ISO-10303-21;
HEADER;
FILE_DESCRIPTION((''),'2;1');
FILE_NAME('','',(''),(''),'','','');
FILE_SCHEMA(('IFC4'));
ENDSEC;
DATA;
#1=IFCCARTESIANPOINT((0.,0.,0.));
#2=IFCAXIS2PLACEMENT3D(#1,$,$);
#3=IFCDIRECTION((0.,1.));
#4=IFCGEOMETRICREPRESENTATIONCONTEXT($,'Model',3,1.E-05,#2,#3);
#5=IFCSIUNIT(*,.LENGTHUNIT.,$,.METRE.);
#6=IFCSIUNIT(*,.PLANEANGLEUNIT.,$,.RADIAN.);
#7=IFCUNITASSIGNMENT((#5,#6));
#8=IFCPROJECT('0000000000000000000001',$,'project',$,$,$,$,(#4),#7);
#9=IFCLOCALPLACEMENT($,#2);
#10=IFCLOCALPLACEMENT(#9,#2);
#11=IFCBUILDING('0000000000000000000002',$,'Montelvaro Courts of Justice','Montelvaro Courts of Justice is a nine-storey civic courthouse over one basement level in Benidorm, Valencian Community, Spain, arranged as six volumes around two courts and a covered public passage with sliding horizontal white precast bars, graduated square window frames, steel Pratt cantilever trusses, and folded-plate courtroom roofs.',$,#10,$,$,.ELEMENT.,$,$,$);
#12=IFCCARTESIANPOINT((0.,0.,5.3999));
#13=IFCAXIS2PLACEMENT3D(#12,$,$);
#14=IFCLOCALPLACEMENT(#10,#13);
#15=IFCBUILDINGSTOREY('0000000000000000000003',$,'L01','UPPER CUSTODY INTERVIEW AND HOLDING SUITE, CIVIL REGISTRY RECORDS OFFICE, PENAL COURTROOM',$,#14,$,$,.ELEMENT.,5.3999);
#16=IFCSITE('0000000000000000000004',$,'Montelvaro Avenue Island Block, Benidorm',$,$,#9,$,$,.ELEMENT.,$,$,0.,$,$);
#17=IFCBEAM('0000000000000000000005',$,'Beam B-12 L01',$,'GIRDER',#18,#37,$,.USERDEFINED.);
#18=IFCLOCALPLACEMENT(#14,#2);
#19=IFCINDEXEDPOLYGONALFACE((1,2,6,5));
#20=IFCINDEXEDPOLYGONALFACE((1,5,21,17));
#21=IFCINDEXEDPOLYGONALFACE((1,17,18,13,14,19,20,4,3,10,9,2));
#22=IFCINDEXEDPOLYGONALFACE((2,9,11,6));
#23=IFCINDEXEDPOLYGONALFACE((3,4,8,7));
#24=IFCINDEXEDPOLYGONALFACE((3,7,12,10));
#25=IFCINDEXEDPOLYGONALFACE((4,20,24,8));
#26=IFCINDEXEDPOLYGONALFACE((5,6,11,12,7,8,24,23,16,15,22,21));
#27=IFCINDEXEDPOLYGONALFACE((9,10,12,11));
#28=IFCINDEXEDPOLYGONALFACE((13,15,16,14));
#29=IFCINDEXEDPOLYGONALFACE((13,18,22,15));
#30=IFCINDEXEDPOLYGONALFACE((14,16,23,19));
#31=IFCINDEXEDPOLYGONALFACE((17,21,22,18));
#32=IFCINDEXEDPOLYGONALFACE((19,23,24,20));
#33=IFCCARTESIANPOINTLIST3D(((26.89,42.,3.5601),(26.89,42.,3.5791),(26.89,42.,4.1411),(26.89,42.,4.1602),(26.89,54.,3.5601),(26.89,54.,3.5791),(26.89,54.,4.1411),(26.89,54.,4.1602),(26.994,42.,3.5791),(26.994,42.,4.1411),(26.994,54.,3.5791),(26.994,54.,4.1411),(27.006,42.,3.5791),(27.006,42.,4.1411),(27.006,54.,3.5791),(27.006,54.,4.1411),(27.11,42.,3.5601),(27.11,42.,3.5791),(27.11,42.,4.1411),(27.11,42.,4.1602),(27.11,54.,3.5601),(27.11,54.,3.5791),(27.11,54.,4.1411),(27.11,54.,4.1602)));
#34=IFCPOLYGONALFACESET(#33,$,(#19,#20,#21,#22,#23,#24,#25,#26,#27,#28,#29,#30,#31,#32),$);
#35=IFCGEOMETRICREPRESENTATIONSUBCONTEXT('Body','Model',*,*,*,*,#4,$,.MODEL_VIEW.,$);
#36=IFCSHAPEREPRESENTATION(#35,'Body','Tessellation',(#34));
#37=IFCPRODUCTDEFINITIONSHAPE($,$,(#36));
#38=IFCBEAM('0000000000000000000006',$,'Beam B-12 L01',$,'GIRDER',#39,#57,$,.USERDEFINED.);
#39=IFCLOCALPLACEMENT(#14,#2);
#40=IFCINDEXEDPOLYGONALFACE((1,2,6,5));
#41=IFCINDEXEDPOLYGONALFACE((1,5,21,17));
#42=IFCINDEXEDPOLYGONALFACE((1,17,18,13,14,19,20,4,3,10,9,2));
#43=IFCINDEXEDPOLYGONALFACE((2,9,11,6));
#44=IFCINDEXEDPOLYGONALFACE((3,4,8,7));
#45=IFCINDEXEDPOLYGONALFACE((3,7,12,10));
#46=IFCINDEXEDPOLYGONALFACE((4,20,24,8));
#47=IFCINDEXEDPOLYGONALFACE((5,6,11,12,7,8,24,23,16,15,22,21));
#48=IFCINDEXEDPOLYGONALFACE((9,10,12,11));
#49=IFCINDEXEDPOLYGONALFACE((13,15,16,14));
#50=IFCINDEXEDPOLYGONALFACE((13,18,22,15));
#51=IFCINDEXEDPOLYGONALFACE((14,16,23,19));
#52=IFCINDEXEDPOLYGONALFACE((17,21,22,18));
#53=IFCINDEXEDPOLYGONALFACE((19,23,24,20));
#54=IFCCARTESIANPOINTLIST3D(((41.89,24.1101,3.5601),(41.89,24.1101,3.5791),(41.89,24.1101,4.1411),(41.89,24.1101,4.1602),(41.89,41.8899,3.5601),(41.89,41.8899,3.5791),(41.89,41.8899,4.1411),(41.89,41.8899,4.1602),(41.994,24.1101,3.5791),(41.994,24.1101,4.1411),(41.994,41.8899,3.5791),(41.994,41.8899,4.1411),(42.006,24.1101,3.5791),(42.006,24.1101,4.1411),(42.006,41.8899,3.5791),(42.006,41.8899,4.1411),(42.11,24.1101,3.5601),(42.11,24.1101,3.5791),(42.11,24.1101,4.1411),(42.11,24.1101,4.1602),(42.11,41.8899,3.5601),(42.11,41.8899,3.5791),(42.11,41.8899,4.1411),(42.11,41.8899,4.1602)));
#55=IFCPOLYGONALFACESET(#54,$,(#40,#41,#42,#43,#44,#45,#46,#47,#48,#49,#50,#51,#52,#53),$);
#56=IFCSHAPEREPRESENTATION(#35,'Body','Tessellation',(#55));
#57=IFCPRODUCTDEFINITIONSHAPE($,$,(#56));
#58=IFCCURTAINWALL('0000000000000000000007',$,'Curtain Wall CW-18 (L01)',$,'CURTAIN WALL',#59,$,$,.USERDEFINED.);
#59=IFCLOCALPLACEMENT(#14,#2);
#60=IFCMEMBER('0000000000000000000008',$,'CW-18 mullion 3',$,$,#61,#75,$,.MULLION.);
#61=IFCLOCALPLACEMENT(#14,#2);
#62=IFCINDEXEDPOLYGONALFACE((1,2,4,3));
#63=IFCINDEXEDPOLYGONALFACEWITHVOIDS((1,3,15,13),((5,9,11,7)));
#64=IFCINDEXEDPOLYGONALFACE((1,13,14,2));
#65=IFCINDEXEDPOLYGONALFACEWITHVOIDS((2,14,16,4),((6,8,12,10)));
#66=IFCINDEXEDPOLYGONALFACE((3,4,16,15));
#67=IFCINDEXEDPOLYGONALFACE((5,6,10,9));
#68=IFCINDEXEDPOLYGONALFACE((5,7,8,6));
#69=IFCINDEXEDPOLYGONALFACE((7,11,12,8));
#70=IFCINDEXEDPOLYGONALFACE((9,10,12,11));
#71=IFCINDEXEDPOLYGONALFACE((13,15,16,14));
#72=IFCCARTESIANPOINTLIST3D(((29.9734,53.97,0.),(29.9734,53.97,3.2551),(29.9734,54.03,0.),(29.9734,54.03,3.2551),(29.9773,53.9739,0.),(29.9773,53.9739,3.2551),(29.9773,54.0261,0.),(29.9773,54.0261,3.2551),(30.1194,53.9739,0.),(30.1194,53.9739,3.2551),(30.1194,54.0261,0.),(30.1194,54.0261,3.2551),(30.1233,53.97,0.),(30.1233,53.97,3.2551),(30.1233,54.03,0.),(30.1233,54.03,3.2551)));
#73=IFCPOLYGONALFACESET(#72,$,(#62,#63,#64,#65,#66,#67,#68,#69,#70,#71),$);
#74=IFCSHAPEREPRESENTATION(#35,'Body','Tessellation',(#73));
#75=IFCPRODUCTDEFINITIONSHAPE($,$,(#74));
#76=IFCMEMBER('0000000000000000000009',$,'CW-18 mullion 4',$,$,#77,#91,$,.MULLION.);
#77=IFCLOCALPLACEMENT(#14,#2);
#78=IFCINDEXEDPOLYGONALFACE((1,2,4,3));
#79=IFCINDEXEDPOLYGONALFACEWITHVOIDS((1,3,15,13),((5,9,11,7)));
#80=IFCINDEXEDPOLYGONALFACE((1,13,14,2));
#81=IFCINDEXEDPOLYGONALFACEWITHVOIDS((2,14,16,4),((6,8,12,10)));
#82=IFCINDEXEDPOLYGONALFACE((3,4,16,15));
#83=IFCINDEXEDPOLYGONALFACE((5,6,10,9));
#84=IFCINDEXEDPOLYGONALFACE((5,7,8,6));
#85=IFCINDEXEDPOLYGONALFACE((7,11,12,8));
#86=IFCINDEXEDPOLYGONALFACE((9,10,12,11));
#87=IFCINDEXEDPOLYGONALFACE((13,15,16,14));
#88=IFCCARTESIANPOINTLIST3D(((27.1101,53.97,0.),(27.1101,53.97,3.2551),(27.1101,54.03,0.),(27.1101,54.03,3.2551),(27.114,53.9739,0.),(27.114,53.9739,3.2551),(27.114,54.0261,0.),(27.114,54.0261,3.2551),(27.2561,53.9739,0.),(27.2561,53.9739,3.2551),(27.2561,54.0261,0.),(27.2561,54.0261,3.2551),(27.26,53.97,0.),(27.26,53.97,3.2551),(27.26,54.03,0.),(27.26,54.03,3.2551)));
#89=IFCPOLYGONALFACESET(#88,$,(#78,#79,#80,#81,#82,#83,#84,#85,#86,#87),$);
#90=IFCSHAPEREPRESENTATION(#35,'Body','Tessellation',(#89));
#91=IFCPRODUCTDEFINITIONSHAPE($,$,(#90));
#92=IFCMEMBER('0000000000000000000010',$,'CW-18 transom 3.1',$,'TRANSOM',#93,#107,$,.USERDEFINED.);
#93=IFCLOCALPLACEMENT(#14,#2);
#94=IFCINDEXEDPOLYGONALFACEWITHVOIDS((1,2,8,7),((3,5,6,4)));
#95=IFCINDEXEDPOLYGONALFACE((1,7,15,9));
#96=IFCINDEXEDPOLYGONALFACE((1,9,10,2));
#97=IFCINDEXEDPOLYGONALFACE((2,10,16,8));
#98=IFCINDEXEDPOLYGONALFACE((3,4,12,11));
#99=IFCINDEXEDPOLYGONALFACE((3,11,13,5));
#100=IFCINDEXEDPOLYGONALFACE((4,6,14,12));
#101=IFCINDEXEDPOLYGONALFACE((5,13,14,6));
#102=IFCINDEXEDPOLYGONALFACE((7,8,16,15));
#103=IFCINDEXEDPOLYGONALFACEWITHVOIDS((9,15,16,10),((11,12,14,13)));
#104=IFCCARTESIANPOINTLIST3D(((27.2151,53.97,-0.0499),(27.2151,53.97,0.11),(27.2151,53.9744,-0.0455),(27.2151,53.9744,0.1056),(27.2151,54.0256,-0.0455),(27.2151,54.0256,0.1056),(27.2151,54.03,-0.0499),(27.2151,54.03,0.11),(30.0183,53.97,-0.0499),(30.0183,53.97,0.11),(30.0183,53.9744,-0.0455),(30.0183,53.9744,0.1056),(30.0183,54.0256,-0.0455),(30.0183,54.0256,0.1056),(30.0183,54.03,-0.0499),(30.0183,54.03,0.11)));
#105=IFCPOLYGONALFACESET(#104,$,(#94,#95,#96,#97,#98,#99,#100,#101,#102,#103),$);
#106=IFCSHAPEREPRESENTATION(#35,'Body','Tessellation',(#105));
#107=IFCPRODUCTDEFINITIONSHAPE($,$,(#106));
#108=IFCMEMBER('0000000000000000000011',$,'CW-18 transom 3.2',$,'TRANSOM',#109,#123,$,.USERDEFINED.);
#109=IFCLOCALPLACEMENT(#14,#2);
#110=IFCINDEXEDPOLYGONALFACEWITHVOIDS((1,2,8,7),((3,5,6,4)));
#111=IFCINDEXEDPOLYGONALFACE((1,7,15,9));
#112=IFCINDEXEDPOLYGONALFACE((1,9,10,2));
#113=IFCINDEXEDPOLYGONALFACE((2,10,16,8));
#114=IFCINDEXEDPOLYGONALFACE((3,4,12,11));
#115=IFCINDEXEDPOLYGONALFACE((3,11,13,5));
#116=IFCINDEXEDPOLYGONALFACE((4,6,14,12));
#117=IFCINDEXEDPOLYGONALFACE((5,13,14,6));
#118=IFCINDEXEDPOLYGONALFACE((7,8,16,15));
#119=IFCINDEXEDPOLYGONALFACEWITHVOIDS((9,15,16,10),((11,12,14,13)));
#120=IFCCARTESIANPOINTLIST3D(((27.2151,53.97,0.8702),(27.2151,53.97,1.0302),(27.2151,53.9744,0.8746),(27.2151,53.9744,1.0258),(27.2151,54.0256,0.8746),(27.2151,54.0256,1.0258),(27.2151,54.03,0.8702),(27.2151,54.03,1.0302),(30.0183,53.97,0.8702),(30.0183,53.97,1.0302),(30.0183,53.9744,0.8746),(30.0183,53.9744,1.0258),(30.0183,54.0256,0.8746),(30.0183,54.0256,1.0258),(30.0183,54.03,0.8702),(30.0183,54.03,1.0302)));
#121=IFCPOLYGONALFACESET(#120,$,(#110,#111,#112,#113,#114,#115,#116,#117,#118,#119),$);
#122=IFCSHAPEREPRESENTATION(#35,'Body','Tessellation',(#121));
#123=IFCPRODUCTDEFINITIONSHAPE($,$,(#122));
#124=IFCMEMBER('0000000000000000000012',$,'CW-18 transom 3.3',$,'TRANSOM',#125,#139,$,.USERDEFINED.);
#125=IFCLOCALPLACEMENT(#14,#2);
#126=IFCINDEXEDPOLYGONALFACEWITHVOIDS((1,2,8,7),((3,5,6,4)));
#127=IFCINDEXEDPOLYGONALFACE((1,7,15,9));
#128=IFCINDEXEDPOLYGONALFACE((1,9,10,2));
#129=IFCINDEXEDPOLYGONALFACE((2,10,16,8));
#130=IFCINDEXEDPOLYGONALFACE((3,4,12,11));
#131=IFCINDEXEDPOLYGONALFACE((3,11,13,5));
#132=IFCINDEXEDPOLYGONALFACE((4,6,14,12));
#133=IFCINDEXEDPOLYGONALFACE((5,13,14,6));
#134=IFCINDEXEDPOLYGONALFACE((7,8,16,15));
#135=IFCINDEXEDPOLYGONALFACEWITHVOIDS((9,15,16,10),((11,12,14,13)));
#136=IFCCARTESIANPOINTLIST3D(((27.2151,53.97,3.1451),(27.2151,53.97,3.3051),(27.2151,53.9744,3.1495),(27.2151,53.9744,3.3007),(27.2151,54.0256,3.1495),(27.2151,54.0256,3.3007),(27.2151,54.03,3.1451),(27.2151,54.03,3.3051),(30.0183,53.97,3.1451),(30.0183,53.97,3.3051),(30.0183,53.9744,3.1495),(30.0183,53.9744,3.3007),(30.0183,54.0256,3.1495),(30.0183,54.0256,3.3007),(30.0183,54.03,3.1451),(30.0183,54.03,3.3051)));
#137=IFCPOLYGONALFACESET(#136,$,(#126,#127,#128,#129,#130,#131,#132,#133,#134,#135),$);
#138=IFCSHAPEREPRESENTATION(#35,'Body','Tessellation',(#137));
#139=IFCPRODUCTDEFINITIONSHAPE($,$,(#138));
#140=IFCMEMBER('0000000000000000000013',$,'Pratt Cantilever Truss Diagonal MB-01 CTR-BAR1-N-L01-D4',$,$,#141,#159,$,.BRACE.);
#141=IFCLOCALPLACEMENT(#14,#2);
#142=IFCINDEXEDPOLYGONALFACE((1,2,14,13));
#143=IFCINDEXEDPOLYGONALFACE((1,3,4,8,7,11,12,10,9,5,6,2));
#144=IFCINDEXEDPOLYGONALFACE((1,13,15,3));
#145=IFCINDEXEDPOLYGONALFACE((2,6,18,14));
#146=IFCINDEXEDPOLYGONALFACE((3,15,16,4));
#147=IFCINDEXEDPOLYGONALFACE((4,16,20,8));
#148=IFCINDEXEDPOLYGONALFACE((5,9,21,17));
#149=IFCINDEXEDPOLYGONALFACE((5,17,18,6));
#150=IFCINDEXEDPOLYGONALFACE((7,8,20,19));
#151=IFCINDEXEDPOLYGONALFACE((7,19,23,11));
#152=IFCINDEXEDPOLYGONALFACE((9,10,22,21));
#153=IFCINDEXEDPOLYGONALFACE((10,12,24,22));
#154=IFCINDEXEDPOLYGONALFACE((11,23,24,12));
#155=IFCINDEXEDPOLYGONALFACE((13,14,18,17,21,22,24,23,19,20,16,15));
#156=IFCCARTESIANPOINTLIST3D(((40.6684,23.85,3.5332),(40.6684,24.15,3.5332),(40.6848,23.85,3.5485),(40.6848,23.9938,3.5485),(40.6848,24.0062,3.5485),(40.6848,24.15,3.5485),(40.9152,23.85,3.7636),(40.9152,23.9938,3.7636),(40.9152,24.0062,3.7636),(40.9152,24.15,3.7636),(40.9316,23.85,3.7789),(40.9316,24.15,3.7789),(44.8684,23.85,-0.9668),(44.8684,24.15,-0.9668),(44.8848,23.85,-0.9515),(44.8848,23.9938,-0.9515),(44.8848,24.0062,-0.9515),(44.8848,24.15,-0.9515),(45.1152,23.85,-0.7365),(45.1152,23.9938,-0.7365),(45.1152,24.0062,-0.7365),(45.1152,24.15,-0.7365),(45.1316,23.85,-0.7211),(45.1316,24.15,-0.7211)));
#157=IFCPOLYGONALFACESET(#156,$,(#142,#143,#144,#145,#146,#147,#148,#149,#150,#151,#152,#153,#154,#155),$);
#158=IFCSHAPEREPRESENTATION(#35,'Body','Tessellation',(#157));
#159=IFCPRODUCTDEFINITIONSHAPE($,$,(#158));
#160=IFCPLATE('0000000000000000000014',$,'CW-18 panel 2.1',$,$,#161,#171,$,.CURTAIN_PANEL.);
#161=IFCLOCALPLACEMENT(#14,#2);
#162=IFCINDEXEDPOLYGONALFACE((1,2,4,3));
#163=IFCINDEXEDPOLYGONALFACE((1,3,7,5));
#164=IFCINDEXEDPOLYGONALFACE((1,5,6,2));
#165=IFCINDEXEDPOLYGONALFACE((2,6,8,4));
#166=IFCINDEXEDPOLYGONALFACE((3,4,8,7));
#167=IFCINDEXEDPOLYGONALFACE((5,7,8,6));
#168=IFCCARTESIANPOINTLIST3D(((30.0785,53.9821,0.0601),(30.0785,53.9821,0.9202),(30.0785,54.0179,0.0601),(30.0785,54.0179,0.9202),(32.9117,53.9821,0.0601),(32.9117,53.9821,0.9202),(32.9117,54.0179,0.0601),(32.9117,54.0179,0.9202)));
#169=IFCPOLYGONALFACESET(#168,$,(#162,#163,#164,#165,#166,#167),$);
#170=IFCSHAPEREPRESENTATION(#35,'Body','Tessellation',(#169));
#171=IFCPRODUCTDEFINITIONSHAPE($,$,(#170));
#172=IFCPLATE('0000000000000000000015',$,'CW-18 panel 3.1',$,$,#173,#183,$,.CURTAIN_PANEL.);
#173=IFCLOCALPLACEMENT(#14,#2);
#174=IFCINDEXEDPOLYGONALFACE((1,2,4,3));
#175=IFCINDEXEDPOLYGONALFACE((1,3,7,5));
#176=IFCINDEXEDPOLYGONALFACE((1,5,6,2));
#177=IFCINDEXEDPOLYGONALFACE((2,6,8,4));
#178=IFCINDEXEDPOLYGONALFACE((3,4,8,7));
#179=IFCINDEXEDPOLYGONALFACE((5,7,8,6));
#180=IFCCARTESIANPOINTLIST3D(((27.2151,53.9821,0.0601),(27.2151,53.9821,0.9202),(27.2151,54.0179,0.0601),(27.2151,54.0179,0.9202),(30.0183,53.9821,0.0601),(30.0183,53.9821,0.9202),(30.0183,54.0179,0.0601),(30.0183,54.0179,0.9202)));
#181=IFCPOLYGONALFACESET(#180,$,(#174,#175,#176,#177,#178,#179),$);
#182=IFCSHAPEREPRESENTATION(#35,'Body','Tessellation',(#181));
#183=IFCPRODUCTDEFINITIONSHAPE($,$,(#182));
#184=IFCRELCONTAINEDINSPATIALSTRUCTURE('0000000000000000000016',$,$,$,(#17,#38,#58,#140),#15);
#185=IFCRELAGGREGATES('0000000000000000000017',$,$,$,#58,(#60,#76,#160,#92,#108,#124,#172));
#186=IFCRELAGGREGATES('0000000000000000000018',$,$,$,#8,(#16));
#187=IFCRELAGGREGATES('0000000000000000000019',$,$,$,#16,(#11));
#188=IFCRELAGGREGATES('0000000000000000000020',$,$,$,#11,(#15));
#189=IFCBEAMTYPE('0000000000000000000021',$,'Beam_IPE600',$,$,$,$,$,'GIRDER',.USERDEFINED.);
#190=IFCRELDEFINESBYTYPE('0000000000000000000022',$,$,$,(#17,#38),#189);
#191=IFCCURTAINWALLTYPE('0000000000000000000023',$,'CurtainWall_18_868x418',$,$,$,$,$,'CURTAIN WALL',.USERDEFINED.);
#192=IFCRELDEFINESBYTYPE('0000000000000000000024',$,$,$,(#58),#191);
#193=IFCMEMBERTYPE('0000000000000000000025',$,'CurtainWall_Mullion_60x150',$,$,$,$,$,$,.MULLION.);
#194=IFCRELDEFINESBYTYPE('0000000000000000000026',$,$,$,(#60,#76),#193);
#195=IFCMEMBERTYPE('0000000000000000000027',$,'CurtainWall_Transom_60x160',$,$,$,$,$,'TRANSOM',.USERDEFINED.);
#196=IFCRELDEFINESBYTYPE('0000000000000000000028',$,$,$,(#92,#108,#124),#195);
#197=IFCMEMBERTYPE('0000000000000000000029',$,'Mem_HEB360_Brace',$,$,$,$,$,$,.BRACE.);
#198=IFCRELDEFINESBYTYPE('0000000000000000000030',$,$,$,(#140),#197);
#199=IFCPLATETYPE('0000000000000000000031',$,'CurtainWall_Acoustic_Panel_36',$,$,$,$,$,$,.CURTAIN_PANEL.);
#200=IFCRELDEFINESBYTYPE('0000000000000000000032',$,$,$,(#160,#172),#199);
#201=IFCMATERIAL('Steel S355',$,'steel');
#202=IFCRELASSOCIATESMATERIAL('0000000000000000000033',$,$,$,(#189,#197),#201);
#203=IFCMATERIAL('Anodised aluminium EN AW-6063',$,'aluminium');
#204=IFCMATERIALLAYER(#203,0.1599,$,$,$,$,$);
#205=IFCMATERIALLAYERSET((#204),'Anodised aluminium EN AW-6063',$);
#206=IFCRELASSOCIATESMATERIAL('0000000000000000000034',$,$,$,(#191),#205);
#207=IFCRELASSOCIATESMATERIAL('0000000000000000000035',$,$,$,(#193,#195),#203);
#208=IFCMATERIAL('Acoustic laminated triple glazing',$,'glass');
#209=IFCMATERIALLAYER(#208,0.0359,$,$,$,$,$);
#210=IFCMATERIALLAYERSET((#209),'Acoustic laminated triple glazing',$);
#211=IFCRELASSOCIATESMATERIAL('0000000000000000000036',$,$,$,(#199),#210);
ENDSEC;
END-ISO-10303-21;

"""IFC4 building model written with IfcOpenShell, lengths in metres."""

from ifc_helpers import new_model, si_unit, direction, frame, origin, origin_2d, place, context, subcontext, project, spatial, rectangle, hollow_rectangle, i_section, extrude, material, layer, layer_set, material_profile, profile_set, type_object, element, aggregate, save


model = new_model("IFC4")

# Units and contexts
model_context = context("Model", 3, precision=1e-05, world=origin(), true_north=direction((0.0, 1.0)))
body_context = subcontext(model_context, "Body", "Model", "MODEL_VIEW")
ifc_project = project(units=[si_unit("LENGTHUNIT", "METRE"), si_unit("PLANEANGLEUNIT", "RADIAN")], contexts=[model_context])

# Site, building, storey
site_placement = place(None, origin())
site = spatial("IfcSite", under=ifc_project, at=site_placement, Name="Montelvaro Avenue Island Block, Benidorm", CompositionType="ELEMENT", RefElevation=0.0)
building_placement = place(site_placement, origin())
building = spatial("IfcBuilding", under=site, at=building_placement, Name="Montelvaro Courts of Justice", Description="Montelvaro Courts of Justice is a nine-storey civic courthouse over one basement level in Benidorm, Valencian Community, Spain, arranged as six volumes around two courts and a covered public passage with sliding horizontal white precast bars, graduated square window frames, steel Pratt cantilever trusses, and folded-plate courtroom roofs.", CompositionType="ELEMENT")
storey_placement = place(building_placement, frame((0.0, 0.0, 5.3999)))
storey = spatial("IfcBuildingStorey", under=building, at=storey_placement, Name="L01", Description="UPPER CUSTODY INTERVIEW AND HOLDING SUITE, CIVIL REGISTRY RECORDS OFFICE, PENAL COURTROOM", CompositionType="ELEMENT", Elevation=5.3999)

# Shared definitions
ifc_material_1 = material(Name="Steel S355", Category="steel")

# Beams
ifc_material_profile_1 = material_profile(ifc_material_1, i_section(OverallWidth=0.22, OverallDepth=0.6001, WebThickness=0.012, FlangeThickness=0.019, at=origin_2d()), Name="IPE 600")
ifc_profile_set_1 = profile_set([ifc_material_profile_1], Name="Steel S355")
beam_type_1 = type_object("IfcBeamType", Name="Beam_IPE600", ElementType="GIRDER", PredefinedType="USERDEFINED", material=ifc_profile_set_1)
beam_1_placement = place(storey_placement, frame((27.0, 42.0, 3.8601), z_axis=(0.0, 1.0, 0.0), x_axis=(-1.0, 0.0, 0.0)))
element("IfcBeam", 1, at=beam_1_placement, inside=storey, type_object=beam_type_1, Name="Beam B-12 L01", ObjectType="GIRDER", PredefinedType="USERDEFINED", context=body_context, shape_type="SweptSolid", body=[
    extrude(i_section(OverallWidth=0.22, OverallDepth=0.6001, WebThickness=0.012, FlangeThickness=0.019, at=origin_2d()), origin(), (0.0, 0.0, 1.0), 12.0),
])
beam_2_placement = place(storey_placement, frame((42.0, 24.1101, 3.8601), z_axis=(0.0, 1.0, 0.0), x_axis=(-1.0, 0.0, 0.0)))
element("IfcBeam", 2, at=beam_2_placement, inside=storey, type_object=beam_type_1, Name="Beam B-12 L01", ObjectType="GIRDER", PredefinedType="USERDEFINED", context=body_context, shape_type="SweptSolid", body=[
    extrude(i_section(OverallWidth=0.22, OverallDepth=0.6001, WebThickness=0.012, FlangeThickness=0.019, at=origin_2d()), origin(), (0.0, 0.0, 1.0), 17.7798),
])

# Curtain wall, members
ifc_material_2 = material(Name="Anodised aluminium EN AW-6063", Category="aluminium")
ifc_layer_1 = layer(ifc_material_2, 0.1599)
ifc_layer_set_1 = layer_set([ifc_layer_1], Name="Anodised aluminium EN AW-6063")
curtain_wall_type = type_object("IfcCurtainWallType", Name="CurtainWall_18_868x418", ElementType="CURTAIN WALL", PredefinedType="USERDEFINED", material=ifc_layer_set_1)
curtain_wall_placement = place(storey_placement, origin())
curtain_wall = element("IfcCurtainWall", 3, at=curtain_wall_placement, inside=storey, type_object=curtain_wall_type, Name="Curtain Wall CW-18 (L01)", ObjectType="CURTAIN WALL", PredefinedType="USERDEFINED")
ifc_material_profile_2 = material_profile(ifc_material_2, hollow_rectangle(XDim=0.0601, YDim=0.1499, WallThickness=0.0039, at=origin_2d()), Name="ALU-M 60x150")
ifc_profile_set_2 = profile_set([ifc_material_profile_2], Name="Anodised aluminium EN AW-6063")
member_type_1 = type_object("IfcMemberType", Name="CurtainWall_Mullion_60x150", PredefinedType="MULLION", material=ifc_profile_set_2)
member_1_placement = place(storey_placement, frame((30.0483, 54.0, 0.0), z_axis=(0.0, 0.0, 1.0), x_axis=(0.0, -1.0, 0.0)))
member_1 = element("IfcMember", 4, at=member_1_placement, type_object=member_type_1, Name="CW-18 mullion 3", PredefinedType="MULLION", context=body_context, shape_type="SweptSolid", body=[
    extrude(hollow_rectangle(XDim=0.0601, YDim=0.1499, WallThickness=0.0039, at=origin_2d()), origin(), (0.0, 0.0, 1.0), 3.2551),
])
member_2_placement = place(storey_placement, frame((27.1851, 54.0, 0.0), z_axis=(0.0, 0.0, 1.0), x_axis=(0.0, -1.0, 0.0)))
member_2 = element("IfcMember", 5, at=member_2_placement, type_object=member_type_1, Name="CW-18 mullion 4", PredefinedType="MULLION", context=body_context, shape_type="SweptSolid", body=[
    extrude(hollow_rectangle(XDim=0.0601, YDim=0.1499, WallThickness=0.0039, at=origin_2d()), origin(), (0.0, 0.0, 1.0), 3.2551),
])
ifc_material_profile_3 = material_profile(ifc_material_2, hollow_rectangle(XDim=0.0601, YDim=0.1599, WallThickness=0.0044, at=origin_2d()), Name="ALU-T 60x160")
ifc_profile_set_3 = profile_set([ifc_material_profile_3], Name="Anodised aluminium EN AW-6063")
member_type_2 = type_object("IfcMemberType", Name="CurtainWall_Transom_60x160", ElementType="TRANSOM", PredefinedType="USERDEFINED", material=ifc_profile_set_3)
member_3_placement = place(storey_placement, frame((30.0183, 54.0, 0.03), z_axis=(-1.0, 0.0, 0.0), x_axis=(0.0, -1.0, 0.0)))
member_3 = element("IfcMember", 6, at=member_3_placement, type_object=member_type_2, Name="CW-18 transom 3.1", ObjectType="TRANSOM", PredefinedType="USERDEFINED", context=body_context, shape_type="SweptSolid", body=[
    extrude(hollow_rectangle(XDim=0.0601, YDim=0.1599, WallThickness=0.0044, at=origin_2d()), origin(), (0.0, 0.0, 1.0), 2.8032),
])
member_4_placement = place(storey_placement, frame((30.0183, 54.0, 0.9502), z_axis=(-1.0, 0.0, 0.0), x_axis=(0.0, -1.0, 0.0)))
member_4 = element("IfcMember", 7, at=member_4_placement, type_object=member_type_2, Name="CW-18 transom 3.2", ObjectType="TRANSOM", PredefinedType="USERDEFINED", context=body_context, shape_type="SweptSolid", body=[
    extrude(hollow_rectangle(XDim=0.0601, YDim=0.1599, WallThickness=0.0044, at=origin_2d()), origin(), (0.0, 0.0, 1.0), 2.8032),
])
member_5_placement = place(storey_placement, frame((30.0183, 54.0, 3.2251), z_axis=(-1.0, 0.0, 0.0), x_axis=(0.0, -1.0, 0.0)))
member_5 = element("IfcMember", 8, at=member_5_placement, type_object=member_type_2, Name="CW-18 transom 3.3", ObjectType="TRANSOM", PredefinedType="USERDEFINED", context=body_context, shape_type="SweptSolid", body=[
    extrude(hollow_rectangle(XDim=0.0601, YDim=0.1599, WallThickness=0.0044, at=origin_2d()), origin(), (0.0, 0.0, 1.0), 2.8032),
])

# Member
ifc_material_profile_4 = material_profile(ifc_material_1, i_section(OverallWidth=0.3, OverallDepth=0.3601, WebThickness=0.0125, FlangeThickness=0.0225, at=origin_2d()), Name="HEB 360")
ifc_profile_set_4 = profile_set([ifc_material_profile_4], Name="Steel S355")
member_type_3 = type_object("IfcMemberType", Name="Mem_HEB360_Brace", PredefinedType="BRACE", material=ifc_profile_set_4)
member_6_placement = place(storey_placement, frame((45.0, 24.0, -0.844), z_axis=(-0.682314, 0.0, 0.731059), x_axis=(0.0, -1.0, 0.0)))
element("IfcMember", 9, at=member_6_placement, inside=storey, type_object=member_type_3, Name="Pratt Cantilever Truss Diagonal MB-01 CTR-BAR1-N-L01-D4", PredefinedType="BRACE", context=body_context, shape_type="SweptSolid", body=[
    extrude(i_section(OverallWidth=0.3, OverallDepth=0.3601, WebThickness=0.0125, FlangeThickness=0.0225, at=origin_2d()), origin(), (0.0, 0.0, 1.0), 6.1555),
])

# Plates
ifc_material_3 = material(Name="Acoustic laminated triple glazing", Category="glass")
ifc_layer_2 = layer(ifc_material_3, 0.0359)
ifc_layer_set_2 = layer_set([ifc_layer_2], Name="Acoustic laminated triple glazing")
plate_type_1 = type_object("IfcPlateType", Name="CurtainWall_Acoustic_Panel_36", PredefinedType="CURTAIN_PANEL", material=ifc_layer_set_2)
plate_1_placement = place(storey_placement, frame((31.4951, 54.0, 0.0601), z_axis=(0.0, 0.0, 1.0), x_axis=(-1.0, 0.0, 0.0)))
plate_1 = element("IfcPlate", 10, at=plate_1_placement, type_object=plate_type_1, Name="CW-18 panel 2.1", PredefinedType="CURTAIN_PANEL", context=body_context, shape_type="SweptSolid", body=[
    extrude(rectangle(XDim=2.8333, YDim=0.0359, at=origin_2d()), origin(), (0.0, 0.0, 1.0), 0.8601),
])
plate_2_placement = place(storey_placement, frame((28.6167, 54.0, 0.0601), z_axis=(0.0, 0.0, 1.0), x_axis=(-1.0, 0.0, 0.0)))
plate_2 = element("IfcPlate", 11, at=plate_2_placement, type_object=plate_type_1, Name="CW-18 panel 3.1", PredefinedType="CURTAIN_PANEL", context=body_context, shape_type="SweptSolid", body=[
    extrude(rectangle(XDim=2.8032, YDim=0.0359, at=origin_2d()), origin(), (0.0, 0.0, 1.0), 0.8601),
])
aggregate(curtain_wall, [member_1, member_2, plate_1, member_3, member_4, member_5, plate_2])

save(model, "model.ifc")
